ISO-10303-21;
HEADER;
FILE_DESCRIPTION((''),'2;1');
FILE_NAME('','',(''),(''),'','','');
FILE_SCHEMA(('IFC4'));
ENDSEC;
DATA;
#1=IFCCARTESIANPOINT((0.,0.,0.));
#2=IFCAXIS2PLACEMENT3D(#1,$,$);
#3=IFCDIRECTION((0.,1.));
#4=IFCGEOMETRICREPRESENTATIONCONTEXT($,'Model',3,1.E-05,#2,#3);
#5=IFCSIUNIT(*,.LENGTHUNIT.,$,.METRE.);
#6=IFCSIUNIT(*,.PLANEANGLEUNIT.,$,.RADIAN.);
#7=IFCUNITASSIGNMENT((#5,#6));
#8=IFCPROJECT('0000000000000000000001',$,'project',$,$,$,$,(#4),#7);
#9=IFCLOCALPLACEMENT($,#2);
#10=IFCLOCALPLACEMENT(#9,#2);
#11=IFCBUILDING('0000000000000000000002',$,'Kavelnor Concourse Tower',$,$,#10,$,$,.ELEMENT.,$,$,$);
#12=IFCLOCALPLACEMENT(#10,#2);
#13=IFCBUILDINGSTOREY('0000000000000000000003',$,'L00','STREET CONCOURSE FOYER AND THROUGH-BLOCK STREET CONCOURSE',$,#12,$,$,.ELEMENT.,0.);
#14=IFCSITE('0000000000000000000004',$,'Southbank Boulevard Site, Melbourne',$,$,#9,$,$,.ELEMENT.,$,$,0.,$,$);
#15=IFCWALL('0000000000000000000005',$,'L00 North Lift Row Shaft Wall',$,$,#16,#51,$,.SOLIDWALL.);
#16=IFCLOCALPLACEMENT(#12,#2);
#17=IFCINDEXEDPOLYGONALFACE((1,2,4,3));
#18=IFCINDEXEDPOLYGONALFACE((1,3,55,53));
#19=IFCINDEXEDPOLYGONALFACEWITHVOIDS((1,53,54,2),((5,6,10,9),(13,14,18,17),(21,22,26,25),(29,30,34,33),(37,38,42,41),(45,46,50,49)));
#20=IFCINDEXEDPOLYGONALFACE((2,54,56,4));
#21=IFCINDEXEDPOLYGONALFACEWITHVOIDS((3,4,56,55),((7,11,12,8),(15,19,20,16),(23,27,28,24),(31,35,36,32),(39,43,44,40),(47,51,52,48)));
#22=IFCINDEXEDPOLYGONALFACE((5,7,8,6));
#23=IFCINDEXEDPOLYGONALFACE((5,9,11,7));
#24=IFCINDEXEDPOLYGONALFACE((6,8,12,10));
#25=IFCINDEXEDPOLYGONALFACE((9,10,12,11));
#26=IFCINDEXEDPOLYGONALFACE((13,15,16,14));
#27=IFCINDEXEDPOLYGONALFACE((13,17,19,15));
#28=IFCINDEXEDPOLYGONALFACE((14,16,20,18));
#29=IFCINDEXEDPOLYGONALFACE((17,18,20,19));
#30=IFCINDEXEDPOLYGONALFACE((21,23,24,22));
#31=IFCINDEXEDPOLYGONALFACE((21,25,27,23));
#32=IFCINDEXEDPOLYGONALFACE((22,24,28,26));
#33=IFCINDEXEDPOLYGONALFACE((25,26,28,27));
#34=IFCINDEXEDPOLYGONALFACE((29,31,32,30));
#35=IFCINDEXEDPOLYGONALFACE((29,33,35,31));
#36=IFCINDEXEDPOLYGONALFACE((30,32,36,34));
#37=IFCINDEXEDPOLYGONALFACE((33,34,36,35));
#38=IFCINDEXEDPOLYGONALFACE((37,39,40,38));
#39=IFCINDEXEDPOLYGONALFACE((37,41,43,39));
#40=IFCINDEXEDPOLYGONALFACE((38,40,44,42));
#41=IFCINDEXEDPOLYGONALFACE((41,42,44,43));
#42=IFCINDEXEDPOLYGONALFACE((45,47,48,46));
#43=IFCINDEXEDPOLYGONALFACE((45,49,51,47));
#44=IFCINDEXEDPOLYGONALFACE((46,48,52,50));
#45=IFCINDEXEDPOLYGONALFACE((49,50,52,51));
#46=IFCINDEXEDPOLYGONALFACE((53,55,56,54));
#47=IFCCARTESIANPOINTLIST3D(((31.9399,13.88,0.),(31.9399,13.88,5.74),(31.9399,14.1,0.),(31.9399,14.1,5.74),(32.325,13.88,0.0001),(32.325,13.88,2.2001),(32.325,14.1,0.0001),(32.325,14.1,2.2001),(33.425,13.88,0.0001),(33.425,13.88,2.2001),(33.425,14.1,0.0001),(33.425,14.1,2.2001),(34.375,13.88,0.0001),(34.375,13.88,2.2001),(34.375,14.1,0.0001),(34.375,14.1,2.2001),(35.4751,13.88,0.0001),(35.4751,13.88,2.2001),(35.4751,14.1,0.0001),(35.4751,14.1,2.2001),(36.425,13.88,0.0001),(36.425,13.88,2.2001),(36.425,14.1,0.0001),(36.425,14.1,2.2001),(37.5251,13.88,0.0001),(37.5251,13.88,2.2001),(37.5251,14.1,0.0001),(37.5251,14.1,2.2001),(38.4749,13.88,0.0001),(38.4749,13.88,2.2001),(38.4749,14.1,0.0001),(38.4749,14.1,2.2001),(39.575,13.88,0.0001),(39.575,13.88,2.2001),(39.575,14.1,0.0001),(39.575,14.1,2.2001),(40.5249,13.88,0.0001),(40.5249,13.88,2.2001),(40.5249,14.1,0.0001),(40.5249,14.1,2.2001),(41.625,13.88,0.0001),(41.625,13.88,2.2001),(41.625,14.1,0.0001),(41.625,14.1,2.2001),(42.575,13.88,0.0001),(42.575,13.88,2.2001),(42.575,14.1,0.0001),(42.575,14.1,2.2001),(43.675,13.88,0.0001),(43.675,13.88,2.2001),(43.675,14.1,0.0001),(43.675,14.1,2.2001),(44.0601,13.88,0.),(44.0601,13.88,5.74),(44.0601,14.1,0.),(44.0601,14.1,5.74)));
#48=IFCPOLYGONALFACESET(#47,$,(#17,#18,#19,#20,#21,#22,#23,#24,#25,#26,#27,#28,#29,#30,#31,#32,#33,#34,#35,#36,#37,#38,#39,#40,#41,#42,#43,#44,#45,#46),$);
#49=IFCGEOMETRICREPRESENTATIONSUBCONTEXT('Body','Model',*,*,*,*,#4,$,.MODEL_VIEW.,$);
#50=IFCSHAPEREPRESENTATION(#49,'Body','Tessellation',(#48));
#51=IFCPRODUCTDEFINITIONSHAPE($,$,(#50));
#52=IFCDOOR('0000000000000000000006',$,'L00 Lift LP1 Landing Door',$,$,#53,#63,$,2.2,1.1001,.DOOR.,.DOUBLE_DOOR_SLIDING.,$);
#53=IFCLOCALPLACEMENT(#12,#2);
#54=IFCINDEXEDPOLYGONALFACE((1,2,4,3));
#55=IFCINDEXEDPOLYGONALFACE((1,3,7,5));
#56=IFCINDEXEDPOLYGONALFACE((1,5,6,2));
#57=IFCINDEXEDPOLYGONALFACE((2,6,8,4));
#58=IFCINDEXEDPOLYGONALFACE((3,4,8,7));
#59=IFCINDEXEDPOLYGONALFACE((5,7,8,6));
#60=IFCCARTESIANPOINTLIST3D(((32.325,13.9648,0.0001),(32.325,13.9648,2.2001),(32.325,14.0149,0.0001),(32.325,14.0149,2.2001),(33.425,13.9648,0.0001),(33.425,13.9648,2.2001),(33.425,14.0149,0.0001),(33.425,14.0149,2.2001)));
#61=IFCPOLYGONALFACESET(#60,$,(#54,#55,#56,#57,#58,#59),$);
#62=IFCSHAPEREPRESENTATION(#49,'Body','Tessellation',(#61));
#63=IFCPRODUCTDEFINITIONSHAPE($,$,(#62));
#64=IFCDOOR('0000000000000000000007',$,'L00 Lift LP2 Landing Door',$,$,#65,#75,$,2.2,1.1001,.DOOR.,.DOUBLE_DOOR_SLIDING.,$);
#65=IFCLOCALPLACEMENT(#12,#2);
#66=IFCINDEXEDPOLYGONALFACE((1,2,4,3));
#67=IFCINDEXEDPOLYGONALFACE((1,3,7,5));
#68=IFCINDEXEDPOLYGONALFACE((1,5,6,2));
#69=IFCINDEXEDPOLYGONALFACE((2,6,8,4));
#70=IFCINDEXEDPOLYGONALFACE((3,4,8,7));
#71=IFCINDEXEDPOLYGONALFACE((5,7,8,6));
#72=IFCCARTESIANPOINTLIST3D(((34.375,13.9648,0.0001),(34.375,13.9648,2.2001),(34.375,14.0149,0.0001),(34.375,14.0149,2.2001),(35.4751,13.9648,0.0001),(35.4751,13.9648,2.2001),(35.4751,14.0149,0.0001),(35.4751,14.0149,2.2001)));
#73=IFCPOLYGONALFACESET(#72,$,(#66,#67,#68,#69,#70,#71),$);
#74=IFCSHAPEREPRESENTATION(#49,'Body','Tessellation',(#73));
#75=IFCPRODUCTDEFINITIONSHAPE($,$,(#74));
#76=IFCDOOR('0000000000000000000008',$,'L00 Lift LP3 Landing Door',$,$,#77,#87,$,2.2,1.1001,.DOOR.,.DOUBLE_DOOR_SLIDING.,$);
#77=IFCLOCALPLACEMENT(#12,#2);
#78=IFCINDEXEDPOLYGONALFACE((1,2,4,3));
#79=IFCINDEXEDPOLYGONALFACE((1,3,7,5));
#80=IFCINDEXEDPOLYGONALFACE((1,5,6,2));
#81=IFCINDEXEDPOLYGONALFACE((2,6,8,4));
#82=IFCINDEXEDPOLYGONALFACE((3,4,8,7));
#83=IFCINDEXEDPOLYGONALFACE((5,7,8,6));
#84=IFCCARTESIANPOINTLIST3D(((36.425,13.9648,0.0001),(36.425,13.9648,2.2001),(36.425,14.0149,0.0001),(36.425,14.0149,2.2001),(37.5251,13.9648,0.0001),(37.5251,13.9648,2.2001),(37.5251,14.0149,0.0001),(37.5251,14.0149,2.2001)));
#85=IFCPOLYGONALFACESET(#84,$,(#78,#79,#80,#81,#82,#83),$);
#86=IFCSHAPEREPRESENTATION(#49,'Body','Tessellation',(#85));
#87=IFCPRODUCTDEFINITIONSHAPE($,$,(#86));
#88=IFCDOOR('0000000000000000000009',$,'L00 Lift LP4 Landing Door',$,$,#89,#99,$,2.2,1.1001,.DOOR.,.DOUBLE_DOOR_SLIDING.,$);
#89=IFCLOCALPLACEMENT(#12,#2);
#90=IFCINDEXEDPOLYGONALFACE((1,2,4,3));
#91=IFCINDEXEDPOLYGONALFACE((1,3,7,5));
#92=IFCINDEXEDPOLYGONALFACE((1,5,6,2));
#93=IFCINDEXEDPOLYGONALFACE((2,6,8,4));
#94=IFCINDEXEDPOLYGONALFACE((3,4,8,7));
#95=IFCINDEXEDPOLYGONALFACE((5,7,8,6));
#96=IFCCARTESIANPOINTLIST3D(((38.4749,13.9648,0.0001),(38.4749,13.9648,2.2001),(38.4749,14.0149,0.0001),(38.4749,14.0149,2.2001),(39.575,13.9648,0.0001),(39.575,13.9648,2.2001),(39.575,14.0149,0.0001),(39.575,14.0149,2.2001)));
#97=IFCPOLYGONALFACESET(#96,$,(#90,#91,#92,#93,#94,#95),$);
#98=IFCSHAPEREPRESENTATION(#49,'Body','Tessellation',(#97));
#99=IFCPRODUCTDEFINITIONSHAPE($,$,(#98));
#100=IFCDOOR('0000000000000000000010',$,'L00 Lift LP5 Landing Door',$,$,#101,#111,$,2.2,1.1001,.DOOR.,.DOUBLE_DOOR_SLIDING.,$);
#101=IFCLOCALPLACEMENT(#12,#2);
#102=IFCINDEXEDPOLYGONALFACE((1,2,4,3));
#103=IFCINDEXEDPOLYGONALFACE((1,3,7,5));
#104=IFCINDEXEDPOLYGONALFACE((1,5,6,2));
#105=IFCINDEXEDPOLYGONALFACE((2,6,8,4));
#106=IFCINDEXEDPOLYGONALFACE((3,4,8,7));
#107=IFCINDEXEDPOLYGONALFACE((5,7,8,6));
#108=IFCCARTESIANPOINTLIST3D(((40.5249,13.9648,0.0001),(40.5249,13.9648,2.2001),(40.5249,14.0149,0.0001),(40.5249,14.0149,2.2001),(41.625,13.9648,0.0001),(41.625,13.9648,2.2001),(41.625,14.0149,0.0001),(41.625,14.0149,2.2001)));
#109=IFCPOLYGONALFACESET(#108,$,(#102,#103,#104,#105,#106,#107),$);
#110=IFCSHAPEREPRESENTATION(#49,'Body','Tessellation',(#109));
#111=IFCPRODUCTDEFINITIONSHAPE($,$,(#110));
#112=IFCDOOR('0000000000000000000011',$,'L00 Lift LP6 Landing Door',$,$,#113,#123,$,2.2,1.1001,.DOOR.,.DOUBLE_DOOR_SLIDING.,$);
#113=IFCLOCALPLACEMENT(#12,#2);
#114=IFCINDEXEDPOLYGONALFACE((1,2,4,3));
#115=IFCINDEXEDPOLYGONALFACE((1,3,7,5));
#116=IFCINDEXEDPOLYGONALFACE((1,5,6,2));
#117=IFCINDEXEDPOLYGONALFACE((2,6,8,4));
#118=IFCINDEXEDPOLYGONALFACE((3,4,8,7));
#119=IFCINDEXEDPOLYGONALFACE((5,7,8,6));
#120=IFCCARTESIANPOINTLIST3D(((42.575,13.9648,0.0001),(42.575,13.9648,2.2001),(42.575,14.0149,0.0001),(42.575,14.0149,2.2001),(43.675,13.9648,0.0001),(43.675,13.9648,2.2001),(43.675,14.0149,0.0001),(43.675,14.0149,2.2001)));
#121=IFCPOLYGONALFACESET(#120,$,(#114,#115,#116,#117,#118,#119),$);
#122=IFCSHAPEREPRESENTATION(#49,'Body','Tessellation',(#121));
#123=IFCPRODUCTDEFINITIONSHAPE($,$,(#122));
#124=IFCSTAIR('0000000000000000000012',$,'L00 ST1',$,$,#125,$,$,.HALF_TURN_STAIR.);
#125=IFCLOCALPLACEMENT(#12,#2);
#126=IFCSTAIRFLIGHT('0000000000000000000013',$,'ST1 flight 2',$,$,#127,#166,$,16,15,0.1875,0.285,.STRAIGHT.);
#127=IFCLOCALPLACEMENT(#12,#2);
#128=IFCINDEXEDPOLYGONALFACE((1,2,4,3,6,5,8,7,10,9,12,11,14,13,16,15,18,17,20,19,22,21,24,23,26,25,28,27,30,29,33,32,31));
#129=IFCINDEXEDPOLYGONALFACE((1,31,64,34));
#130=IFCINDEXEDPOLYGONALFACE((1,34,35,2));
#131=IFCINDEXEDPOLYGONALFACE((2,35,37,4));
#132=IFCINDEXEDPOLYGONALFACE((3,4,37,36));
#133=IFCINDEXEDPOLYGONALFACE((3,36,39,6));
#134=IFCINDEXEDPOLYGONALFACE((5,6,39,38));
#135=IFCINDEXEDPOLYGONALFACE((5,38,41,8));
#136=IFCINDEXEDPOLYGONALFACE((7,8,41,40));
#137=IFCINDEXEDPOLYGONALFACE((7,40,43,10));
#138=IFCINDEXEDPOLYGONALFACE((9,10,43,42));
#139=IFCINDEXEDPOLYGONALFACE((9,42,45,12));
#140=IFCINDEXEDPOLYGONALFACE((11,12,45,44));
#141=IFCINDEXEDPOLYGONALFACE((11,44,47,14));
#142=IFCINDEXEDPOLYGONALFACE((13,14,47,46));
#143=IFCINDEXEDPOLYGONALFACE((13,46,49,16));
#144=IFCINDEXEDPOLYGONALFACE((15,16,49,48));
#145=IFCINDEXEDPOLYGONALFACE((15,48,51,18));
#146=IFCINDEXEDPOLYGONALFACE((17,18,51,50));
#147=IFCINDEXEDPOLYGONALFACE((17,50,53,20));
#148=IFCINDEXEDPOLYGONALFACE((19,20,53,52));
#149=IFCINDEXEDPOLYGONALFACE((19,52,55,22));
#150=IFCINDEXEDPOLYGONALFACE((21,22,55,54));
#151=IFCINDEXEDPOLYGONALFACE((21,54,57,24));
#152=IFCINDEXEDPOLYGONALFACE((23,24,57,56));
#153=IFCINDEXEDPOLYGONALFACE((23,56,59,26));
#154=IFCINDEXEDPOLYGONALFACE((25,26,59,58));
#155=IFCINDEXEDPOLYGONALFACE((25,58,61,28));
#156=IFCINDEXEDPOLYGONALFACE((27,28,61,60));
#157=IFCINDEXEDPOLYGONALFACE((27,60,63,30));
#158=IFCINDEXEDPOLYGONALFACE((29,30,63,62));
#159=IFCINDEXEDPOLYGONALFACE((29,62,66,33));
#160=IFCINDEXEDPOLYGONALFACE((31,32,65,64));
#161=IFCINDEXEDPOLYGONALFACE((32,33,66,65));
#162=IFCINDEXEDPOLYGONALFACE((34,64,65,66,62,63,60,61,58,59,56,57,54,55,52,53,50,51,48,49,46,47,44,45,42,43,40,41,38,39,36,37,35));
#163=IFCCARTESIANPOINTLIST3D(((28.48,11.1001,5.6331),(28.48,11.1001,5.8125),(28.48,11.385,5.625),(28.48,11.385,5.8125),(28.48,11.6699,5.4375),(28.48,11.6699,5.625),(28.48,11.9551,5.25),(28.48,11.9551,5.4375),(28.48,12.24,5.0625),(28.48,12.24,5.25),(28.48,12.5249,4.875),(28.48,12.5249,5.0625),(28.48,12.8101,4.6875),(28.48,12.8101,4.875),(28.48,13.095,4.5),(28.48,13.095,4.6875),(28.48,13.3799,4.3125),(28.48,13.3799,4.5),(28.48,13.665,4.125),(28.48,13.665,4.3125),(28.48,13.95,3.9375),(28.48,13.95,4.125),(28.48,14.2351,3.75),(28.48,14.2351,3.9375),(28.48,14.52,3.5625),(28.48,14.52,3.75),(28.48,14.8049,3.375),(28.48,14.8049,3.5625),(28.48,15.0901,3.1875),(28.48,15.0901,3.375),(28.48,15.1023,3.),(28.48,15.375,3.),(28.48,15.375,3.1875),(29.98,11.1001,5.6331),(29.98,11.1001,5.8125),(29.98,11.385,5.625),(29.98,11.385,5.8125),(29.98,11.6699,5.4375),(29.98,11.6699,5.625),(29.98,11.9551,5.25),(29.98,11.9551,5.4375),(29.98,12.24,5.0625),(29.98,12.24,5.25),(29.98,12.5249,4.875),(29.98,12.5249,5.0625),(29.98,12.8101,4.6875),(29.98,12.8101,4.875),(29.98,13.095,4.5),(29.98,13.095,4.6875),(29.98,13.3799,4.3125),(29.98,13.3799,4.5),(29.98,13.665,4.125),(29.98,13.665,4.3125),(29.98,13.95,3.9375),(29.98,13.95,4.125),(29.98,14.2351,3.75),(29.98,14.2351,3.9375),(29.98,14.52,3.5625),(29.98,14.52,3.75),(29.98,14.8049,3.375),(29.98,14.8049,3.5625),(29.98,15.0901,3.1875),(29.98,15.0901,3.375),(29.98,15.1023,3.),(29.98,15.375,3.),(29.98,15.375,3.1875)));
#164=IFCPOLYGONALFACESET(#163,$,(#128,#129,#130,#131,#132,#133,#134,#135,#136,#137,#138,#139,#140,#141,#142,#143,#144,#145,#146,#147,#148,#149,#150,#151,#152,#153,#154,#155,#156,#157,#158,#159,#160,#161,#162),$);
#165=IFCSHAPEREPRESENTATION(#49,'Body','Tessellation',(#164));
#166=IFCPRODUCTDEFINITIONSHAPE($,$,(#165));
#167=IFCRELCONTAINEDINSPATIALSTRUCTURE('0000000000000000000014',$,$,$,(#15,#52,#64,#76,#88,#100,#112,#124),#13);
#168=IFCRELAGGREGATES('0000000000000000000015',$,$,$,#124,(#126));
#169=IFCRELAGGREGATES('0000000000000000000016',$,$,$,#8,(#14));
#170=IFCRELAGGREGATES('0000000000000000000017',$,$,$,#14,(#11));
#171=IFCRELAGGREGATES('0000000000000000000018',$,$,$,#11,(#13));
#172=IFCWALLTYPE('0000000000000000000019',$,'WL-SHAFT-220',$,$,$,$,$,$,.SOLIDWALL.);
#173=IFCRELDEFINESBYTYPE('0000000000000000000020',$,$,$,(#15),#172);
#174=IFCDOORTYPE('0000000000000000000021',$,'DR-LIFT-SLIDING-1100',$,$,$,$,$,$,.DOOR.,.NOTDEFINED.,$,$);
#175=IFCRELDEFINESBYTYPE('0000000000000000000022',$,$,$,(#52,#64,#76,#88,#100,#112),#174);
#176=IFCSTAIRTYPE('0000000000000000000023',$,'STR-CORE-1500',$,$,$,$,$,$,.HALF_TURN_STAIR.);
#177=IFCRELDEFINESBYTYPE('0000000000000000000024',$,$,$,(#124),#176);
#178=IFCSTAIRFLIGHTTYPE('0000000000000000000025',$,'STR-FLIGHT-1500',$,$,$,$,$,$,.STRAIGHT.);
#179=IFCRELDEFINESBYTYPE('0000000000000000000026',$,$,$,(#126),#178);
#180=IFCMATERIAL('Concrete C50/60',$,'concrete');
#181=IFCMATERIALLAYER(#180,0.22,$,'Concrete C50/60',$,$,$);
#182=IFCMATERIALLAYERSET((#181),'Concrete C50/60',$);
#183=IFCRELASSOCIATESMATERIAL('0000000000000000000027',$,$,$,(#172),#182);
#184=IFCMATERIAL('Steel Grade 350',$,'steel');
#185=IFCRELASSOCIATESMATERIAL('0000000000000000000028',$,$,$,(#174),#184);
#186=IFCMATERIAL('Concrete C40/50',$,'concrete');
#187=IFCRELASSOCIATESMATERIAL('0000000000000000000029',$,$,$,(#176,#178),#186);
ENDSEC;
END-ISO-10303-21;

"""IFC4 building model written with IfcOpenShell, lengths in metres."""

from ifc_helpers import new_model, si_unit, direction, frame, frame_2d, origin, place, context, subcontext, project, spatial, polyline, rectangle, outline, extrude, material, layer, layer_set, type_object, element, fill, aggregate, save


model = new_model("IFC4")

# Units and contexts
model_context = context("Model", 3, precision=1e-05, world=origin(), true_north=direction((0.0, 1.0)))
body_context = subcontext(model_context, "Body", "Model", "MODEL_VIEW")
ifc_project = project(units=[si_unit("LENGTHUNIT", "METRE"), si_unit("PLANEANGLEUNIT", "RADIAN")], contexts=[model_context])

# Site, building, storey
site_placement = place(None, origin())
site = spatial("IfcSite", under=ifc_project, at=site_placement, Name="Southbank Boulevard Site, Melbourne", CompositionType="ELEMENT", RefElevation=0.0)
building_placement = place(site_placement, origin())
building = spatial("IfcBuilding", under=site, at=building_placement, Name="Kavelnor Concourse Tower", CompositionType="ELEMENT")
storey_placement = place(building_placement, origin())
storey = spatial("IfcBuildingStorey", under=building, at=storey_placement, Name="L00", Description="STREET CONCOURSE FOYER AND THROUGH-BLOCK STREET CONCOURSE", CompositionType="ELEMENT", Elevation=0.0)

# Shared definitions
ifc_material_1 = material(Name="Steel Grade 350", Category="steel")

# Shared definitions
ifc_material_2 = material(Name="Concrete C50/60", Category="concrete")
ifc_layer_1 = layer(ifc_material_2, 0.22, Name="Concrete C50/60")
ifc_layer_set_1 = layer_set([ifc_layer_1], Name="Concrete C50/60")
wall_type_1 = type_object("IfcWallType", Name="WL-SHAFT-220", PredefinedType="SOLIDWALL", material=ifc_layer_set_1)

# Wall, openings, doors
wall_1_placement = place(storey_placement, frame((31.9399, 13.99, 0.0), z_axis=(0.0, 0.0, 1.0), x_axis=(1.0, 0.0, 0.0)))
wall_1 = element("IfcWall", 1, at=wall_1_placement, inside=storey, type_object=wall_type_1, Name="L00 North Lift Row Shaft Wall", PredefinedType="SOLIDWALL", context=body_context, shape_type="SweptSolid", body=[
    extrude(rectangle(XDim=12.1201, YDim=0.22, at=frame_2d((6.0601, 0.0))), origin(), (0.0, 0.0, 1.0), 5.74),
])
opening_1_placement = place(wall_1_placement, frame((0.385, 0.0, 0.0)))
opening_1 = element("IfcOpeningElement", 2, at=opening_1_placement, cuts=wall_1, PredefinedType="OPENING", context=body_context, shape_type="SweptSolid", body=[
    extrude(rectangle(XDim=1.1001, YDim=2.2, at=frame_2d((0.55, 1.1001))), frame((0.0, 0.1201, 0.0), z_axis=(0.0, -1.0, 0.0), x_axis=(1.0, 0.0, 0.0)), (0.0, 0.0, 1.0), 0.24),
])
opening_2_placement = place(wall_1_placement, frame((2.4351, 0.0, 0.0)))
opening_2 = element("IfcOpeningElement", 3, at=opening_2_placement, cuts=wall_1, PredefinedType="OPENING", context=body_context, shape_type="SweptSolid", body=[
    extrude(rectangle(XDim=1.1001, YDim=2.2, at=frame_2d((0.55, 1.1001))), frame((0.0, 0.1201, 0.0), z_axis=(0.0, -1.0, 0.0), x_axis=(1.0, 0.0, 0.0)), (0.0, 0.0, 1.0), 0.24),
])
opening_3_placement = place(wall_1_placement, frame((4.4851, 0.0, 0.0)))
opening_3 = element("IfcOpeningElement", 4, at=opening_3_placement, cuts=wall_1, PredefinedType="OPENING", context=body_context, shape_type="SweptSolid", body=[
    extrude(rectangle(XDim=1.1001, YDim=2.2, at=frame_2d((0.55, 1.1001))), frame((0.0, 0.1201, 0.0), z_axis=(0.0, -1.0, 0.0), x_axis=(1.0, 0.0, 0.0)), (0.0, 0.0, 1.0), 0.24),
])
opening_4_placement = place(wall_1_placement, frame((6.5349, 0.0, 0.0)))
opening_4 = element("IfcOpeningElement", 5, at=opening_4_placement, cuts=wall_1, PredefinedType="OPENING", context=body_context, shape_type="SweptSolid", body=[
    extrude(rectangle(XDim=1.1001, YDim=2.2, at=frame_2d((0.55, 1.1001))), frame((0.0, 0.1201, 0.0), z_axis=(0.0, -1.0, 0.0), x_axis=(1.0, 0.0, 0.0)), (0.0, 0.0, 1.0), 0.24),
])
opening_5_placement = place(wall_1_placement, frame((8.585, 0.0, 0.0)))
opening_5 = element("IfcOpeningElement", 6, at=opening_5_placement, cuts=wall_1, PredefinedType="OPENING", context=body_context, shape_type="SweptSolid", body=[
    extrude(rectangle(XDim=1.1001, YDim=2.2, at=frame_2d((0.55, 1.1001))), frame((0.0, 0.1201, 0.0), z_axis=(0.0, -1.0, 0.0), x_axis=(1.0, 0.0, 0.0)), (0.0, 0.0, 1.0), 0.24),
])
opening_6_placement = place(wall_1_placement, frame((10.635, 0.0, 0.0)))
opening_6 = element("IfcOpeningElement", 7, at=opening_6_placement, cuts=wall_1, PredefinedType="OPENING", context=body_context, shape_type="SweptSolid", body=[
    extrude(rectangle(XDim=1.1001, YDim=2.2, at=frame_2d((0.55, 1.1001))), frame((0.0, 0.1201, 0.0), z_axis=(0.0, -1.0, 0.0), x_axis=(1.0, 0.0, 0.0)), (0.0, 0.0, 1.0), 0.24),
])
door_type = type_object("IfcDoorType", Name="DR-LIFT-SLIDING-1100", OperationType="NOTDEFINED", PredefinedType="DOOR", material=ifc_material_1)
door_1_placement = place(opening_1_placement, origin())
door_1 = element("IfcDoor", 8, at=door_1_placement, inside=storey, type_object=door_type, Name="L00 Lift LP1 Landing Door", OperationType="DOUBLE_DOOR_SLIDING", OverallHeight=2.2, OverallWidth=1.1001, PredefinedType="DOOR", context=body_context, shape_type="SweptSolid", body=[
    extrude(rectangle(XDim=1.1001, YDim=2.2, at=frame_2d((0.55, 1.1001))), frame((0.0, 0.0249, 0.0), z_axis=(0.0, -1.0, 0.0), x_axis=(1.0, 0.0, 0.0)), (0.0, 0.0, 1.0), 0.05),
])
fill(opening_1, door_1)
door_2_placement = place(opening_2_placement, origin())
door_2 = element("IfcDoor", 9, at=door_2_placement, inside=storey, type_object=door_type, Name="L00 Lift LP2 Landing Door", OperationType="DOUBLE_DOOR_SLIDING", OverallHeight=2.2, OverallWidth=1.1001, PredefinedType="DOOR", context=body_context, shape_type="SweptSolid", body=[
    extrude(rectangle(XDim=1.1001, YDim=2.2, at=frame_2d((0.55, 1.1001))), frame((0.0, 0.0249, 0.0), z_axis=(0.0, -1.0, 0.0), x_axis=(1.0, 0.0, 0.0)), (0.0, 0.0, 1.0), 0.05),
])
fill(opening_2, door_2)
door_3_placement = place(opening_3_placement, origin())
door_3 = element("IfcDoor", 10, at=door_3_placement, inside=storey, type_object=door_type, Name="L00 Lift LP3 Landing Door", OperationType="DOUBLE_DOOR_SLIDING", OverallHeight=2.2, OverallWidth=1.1001, PredefinedType="DOOR", context=body_context, shape_type="SweptSolid", body=[
    extrude(rectangle(XDim=1.1001, YDim=2.2, at=frame_2d((0.55, 1.1001))), frame((0.0, 0.0249, 0.0), z_axis=(0.0, -1.0, 0.0), x_axis=(1.0, 0.0, 0.0)), (0.0, 0.0, 1.0), 0.05),
])
fill(opening_3, door_3)
door_4_placement = place(opening_4_placement, origin())
door_4 = element("IfcDoor", 11, at=door_4_placement, inside=storey, type_object=door_type, Name="L00 Lift LP4 Landing Door", OperationType="DOUBLE_DOOR_SLIDING", OverallHeight=2.2, OverallWidth=1.1001, PredefinedType="DOOR", context=body_context, shape_type="SweptSolid", body=[
    extrude(rectangle(XDim=1.1001, YDim=2.2, at=frame_2d((0.55, 1.1001))), frame((0.0, 0.0249, 0.0), z_axis=(0.0, -1.0, 0.0), x_axis=(1.0, 0.0, 0.0)), (0.0, 0.0, 1.0), 0.05),
])
fill(opening_4, door_4)
door_5_placement = place(opening_5_placement, origin())
door_5 = element("IfcDoor", 12, at=door_5_placement, inside=storey, type_object=door_type, Name="L00 Lift LP5 Landing Door", OperationType="DOUBLE_DOOR_SLIDING", OverallHeight=2.2, OverallWidth=1.1001, PredefinedType="DOOR", context=body_context, shape_type="SweptSolid", body=[
    extrude(rectangle(XDim=1.1001, YDim=2.2, at=frame_2d((0.55, 1.1001))), frame((0.0, 0.0249, 0.0), z_axis=(0.0, -1.0, 0.0), x_axis=(1.0, 0.0, 0.0)), (0.0, 0.0, 1.0), 0.05),
])
fill(opening_5, door_5)
door_6_placement = place(opening_6_placement, origin())
door_6 = element("IfcDoor", 13, at=door_6_placement, inside=storey, type_object=door_type, Name="L00 Lift LP6 Landing Door", OperationType="DOUBLE_DOOR_SLIDING", OverallHeight=2.2, OverallWidth=1.1001, PredefinedType="DOOR", context=body_context, shape_type="SweptSolid", body=[
    extrude(rectangle(XDim=1.1001, YDim=2.2, at=frame_2d((0.55, 1.1001))), frame((0.0, 0.0249, 0.0), z_axis=(0.0, -1.0, 0.0), x_axis=(1.0, 0.0, 0.0)), (0.0, 0.0, 1.0), 0.05),
])
fill(opening_6, door_6)

# Stair, stair flight
ifc_material_3 = material(Name="Concrete C40/50", Category="concrete")
stair_type = type_object("IfcStairType", Name="STR-CORE-1500", PredefinedType="HALF_TURN_STAIR", material=ifc_material_3)
stair_placement = place(storey_placement, origin())
stair = element("IfcStair", 14, at=stair_placement, inside=storey, type_object=stair_type, Name="L00 ST1", PredefinedType="HALF_TURN_STAIR")
stair_flight_type = type_object("IfcStairFlightType", Name="STR-FLIGHT-1500", PredefinedType="STRAIGHT", material=ifc_material_3)
stair_flight_placement = place(storey_placement, frame((29.23, 15.375, 3.0), z_axis=(0.0, 0.0, 1.0), x_axis=(0.0, -1.0, 0.0)))
stair_flight = element("IfcStairFlight", 15, at=stair_flight_placement, type_object=stair_flight_type, Name="ST1 flight 2", NumberOfRisers=16, NumberOfTreads=15, PredefinedType="STRAIGHT", RiserHeight=0.1875, TreadLength=0.285, context=body_context, shape_type="SweptSolid", body=[
    extrude(outline(polyline([(0.0, 0.0), (0.0, 0.1875), (0.2849, 0.1875), (0.2849, 0.375), (0.5701, 0.375), (0.5701, 0.5625), (0.855, 0.5625), (0.855, 0.75), (1.1399, 0.75), (1.1399, 0.9375), (1.425, 0.9375), (1.425, 1.125), (1.71, 1.125), (1.71, 1.3125), (1.9951, 1.3125), (1.9951, 1.5), (2.28, 1.5), (2.28, 1.6875), (2.5649, 1.6875), (2.5649, 1.875), (2.8501, 1.875), (2.8501, 2.0625), (3.135, 2.0625), (3.135, 2.25), (3.4199, 2.25), (3.4199, 2.4375), (3.7051, 2.4375), (3.7051, 2.625), (3.99, 2.625), (3.99, 2.8125), (4.2749, 2.8125), (4.2749, 3.0), (4.2749, 2.6331), (0.2727, 0.0), (0.0, 0.0)])), frame((0.0, 0.75, 0.0), z_axis=(0.0, -1.0, 0.0), x_axis=(1.0, 0.0, 0.0)), (0.0, 0.0, 1.0), 1.5),
])
aggregate(stair, [stair_flight])

save(model, "model.ifc")
